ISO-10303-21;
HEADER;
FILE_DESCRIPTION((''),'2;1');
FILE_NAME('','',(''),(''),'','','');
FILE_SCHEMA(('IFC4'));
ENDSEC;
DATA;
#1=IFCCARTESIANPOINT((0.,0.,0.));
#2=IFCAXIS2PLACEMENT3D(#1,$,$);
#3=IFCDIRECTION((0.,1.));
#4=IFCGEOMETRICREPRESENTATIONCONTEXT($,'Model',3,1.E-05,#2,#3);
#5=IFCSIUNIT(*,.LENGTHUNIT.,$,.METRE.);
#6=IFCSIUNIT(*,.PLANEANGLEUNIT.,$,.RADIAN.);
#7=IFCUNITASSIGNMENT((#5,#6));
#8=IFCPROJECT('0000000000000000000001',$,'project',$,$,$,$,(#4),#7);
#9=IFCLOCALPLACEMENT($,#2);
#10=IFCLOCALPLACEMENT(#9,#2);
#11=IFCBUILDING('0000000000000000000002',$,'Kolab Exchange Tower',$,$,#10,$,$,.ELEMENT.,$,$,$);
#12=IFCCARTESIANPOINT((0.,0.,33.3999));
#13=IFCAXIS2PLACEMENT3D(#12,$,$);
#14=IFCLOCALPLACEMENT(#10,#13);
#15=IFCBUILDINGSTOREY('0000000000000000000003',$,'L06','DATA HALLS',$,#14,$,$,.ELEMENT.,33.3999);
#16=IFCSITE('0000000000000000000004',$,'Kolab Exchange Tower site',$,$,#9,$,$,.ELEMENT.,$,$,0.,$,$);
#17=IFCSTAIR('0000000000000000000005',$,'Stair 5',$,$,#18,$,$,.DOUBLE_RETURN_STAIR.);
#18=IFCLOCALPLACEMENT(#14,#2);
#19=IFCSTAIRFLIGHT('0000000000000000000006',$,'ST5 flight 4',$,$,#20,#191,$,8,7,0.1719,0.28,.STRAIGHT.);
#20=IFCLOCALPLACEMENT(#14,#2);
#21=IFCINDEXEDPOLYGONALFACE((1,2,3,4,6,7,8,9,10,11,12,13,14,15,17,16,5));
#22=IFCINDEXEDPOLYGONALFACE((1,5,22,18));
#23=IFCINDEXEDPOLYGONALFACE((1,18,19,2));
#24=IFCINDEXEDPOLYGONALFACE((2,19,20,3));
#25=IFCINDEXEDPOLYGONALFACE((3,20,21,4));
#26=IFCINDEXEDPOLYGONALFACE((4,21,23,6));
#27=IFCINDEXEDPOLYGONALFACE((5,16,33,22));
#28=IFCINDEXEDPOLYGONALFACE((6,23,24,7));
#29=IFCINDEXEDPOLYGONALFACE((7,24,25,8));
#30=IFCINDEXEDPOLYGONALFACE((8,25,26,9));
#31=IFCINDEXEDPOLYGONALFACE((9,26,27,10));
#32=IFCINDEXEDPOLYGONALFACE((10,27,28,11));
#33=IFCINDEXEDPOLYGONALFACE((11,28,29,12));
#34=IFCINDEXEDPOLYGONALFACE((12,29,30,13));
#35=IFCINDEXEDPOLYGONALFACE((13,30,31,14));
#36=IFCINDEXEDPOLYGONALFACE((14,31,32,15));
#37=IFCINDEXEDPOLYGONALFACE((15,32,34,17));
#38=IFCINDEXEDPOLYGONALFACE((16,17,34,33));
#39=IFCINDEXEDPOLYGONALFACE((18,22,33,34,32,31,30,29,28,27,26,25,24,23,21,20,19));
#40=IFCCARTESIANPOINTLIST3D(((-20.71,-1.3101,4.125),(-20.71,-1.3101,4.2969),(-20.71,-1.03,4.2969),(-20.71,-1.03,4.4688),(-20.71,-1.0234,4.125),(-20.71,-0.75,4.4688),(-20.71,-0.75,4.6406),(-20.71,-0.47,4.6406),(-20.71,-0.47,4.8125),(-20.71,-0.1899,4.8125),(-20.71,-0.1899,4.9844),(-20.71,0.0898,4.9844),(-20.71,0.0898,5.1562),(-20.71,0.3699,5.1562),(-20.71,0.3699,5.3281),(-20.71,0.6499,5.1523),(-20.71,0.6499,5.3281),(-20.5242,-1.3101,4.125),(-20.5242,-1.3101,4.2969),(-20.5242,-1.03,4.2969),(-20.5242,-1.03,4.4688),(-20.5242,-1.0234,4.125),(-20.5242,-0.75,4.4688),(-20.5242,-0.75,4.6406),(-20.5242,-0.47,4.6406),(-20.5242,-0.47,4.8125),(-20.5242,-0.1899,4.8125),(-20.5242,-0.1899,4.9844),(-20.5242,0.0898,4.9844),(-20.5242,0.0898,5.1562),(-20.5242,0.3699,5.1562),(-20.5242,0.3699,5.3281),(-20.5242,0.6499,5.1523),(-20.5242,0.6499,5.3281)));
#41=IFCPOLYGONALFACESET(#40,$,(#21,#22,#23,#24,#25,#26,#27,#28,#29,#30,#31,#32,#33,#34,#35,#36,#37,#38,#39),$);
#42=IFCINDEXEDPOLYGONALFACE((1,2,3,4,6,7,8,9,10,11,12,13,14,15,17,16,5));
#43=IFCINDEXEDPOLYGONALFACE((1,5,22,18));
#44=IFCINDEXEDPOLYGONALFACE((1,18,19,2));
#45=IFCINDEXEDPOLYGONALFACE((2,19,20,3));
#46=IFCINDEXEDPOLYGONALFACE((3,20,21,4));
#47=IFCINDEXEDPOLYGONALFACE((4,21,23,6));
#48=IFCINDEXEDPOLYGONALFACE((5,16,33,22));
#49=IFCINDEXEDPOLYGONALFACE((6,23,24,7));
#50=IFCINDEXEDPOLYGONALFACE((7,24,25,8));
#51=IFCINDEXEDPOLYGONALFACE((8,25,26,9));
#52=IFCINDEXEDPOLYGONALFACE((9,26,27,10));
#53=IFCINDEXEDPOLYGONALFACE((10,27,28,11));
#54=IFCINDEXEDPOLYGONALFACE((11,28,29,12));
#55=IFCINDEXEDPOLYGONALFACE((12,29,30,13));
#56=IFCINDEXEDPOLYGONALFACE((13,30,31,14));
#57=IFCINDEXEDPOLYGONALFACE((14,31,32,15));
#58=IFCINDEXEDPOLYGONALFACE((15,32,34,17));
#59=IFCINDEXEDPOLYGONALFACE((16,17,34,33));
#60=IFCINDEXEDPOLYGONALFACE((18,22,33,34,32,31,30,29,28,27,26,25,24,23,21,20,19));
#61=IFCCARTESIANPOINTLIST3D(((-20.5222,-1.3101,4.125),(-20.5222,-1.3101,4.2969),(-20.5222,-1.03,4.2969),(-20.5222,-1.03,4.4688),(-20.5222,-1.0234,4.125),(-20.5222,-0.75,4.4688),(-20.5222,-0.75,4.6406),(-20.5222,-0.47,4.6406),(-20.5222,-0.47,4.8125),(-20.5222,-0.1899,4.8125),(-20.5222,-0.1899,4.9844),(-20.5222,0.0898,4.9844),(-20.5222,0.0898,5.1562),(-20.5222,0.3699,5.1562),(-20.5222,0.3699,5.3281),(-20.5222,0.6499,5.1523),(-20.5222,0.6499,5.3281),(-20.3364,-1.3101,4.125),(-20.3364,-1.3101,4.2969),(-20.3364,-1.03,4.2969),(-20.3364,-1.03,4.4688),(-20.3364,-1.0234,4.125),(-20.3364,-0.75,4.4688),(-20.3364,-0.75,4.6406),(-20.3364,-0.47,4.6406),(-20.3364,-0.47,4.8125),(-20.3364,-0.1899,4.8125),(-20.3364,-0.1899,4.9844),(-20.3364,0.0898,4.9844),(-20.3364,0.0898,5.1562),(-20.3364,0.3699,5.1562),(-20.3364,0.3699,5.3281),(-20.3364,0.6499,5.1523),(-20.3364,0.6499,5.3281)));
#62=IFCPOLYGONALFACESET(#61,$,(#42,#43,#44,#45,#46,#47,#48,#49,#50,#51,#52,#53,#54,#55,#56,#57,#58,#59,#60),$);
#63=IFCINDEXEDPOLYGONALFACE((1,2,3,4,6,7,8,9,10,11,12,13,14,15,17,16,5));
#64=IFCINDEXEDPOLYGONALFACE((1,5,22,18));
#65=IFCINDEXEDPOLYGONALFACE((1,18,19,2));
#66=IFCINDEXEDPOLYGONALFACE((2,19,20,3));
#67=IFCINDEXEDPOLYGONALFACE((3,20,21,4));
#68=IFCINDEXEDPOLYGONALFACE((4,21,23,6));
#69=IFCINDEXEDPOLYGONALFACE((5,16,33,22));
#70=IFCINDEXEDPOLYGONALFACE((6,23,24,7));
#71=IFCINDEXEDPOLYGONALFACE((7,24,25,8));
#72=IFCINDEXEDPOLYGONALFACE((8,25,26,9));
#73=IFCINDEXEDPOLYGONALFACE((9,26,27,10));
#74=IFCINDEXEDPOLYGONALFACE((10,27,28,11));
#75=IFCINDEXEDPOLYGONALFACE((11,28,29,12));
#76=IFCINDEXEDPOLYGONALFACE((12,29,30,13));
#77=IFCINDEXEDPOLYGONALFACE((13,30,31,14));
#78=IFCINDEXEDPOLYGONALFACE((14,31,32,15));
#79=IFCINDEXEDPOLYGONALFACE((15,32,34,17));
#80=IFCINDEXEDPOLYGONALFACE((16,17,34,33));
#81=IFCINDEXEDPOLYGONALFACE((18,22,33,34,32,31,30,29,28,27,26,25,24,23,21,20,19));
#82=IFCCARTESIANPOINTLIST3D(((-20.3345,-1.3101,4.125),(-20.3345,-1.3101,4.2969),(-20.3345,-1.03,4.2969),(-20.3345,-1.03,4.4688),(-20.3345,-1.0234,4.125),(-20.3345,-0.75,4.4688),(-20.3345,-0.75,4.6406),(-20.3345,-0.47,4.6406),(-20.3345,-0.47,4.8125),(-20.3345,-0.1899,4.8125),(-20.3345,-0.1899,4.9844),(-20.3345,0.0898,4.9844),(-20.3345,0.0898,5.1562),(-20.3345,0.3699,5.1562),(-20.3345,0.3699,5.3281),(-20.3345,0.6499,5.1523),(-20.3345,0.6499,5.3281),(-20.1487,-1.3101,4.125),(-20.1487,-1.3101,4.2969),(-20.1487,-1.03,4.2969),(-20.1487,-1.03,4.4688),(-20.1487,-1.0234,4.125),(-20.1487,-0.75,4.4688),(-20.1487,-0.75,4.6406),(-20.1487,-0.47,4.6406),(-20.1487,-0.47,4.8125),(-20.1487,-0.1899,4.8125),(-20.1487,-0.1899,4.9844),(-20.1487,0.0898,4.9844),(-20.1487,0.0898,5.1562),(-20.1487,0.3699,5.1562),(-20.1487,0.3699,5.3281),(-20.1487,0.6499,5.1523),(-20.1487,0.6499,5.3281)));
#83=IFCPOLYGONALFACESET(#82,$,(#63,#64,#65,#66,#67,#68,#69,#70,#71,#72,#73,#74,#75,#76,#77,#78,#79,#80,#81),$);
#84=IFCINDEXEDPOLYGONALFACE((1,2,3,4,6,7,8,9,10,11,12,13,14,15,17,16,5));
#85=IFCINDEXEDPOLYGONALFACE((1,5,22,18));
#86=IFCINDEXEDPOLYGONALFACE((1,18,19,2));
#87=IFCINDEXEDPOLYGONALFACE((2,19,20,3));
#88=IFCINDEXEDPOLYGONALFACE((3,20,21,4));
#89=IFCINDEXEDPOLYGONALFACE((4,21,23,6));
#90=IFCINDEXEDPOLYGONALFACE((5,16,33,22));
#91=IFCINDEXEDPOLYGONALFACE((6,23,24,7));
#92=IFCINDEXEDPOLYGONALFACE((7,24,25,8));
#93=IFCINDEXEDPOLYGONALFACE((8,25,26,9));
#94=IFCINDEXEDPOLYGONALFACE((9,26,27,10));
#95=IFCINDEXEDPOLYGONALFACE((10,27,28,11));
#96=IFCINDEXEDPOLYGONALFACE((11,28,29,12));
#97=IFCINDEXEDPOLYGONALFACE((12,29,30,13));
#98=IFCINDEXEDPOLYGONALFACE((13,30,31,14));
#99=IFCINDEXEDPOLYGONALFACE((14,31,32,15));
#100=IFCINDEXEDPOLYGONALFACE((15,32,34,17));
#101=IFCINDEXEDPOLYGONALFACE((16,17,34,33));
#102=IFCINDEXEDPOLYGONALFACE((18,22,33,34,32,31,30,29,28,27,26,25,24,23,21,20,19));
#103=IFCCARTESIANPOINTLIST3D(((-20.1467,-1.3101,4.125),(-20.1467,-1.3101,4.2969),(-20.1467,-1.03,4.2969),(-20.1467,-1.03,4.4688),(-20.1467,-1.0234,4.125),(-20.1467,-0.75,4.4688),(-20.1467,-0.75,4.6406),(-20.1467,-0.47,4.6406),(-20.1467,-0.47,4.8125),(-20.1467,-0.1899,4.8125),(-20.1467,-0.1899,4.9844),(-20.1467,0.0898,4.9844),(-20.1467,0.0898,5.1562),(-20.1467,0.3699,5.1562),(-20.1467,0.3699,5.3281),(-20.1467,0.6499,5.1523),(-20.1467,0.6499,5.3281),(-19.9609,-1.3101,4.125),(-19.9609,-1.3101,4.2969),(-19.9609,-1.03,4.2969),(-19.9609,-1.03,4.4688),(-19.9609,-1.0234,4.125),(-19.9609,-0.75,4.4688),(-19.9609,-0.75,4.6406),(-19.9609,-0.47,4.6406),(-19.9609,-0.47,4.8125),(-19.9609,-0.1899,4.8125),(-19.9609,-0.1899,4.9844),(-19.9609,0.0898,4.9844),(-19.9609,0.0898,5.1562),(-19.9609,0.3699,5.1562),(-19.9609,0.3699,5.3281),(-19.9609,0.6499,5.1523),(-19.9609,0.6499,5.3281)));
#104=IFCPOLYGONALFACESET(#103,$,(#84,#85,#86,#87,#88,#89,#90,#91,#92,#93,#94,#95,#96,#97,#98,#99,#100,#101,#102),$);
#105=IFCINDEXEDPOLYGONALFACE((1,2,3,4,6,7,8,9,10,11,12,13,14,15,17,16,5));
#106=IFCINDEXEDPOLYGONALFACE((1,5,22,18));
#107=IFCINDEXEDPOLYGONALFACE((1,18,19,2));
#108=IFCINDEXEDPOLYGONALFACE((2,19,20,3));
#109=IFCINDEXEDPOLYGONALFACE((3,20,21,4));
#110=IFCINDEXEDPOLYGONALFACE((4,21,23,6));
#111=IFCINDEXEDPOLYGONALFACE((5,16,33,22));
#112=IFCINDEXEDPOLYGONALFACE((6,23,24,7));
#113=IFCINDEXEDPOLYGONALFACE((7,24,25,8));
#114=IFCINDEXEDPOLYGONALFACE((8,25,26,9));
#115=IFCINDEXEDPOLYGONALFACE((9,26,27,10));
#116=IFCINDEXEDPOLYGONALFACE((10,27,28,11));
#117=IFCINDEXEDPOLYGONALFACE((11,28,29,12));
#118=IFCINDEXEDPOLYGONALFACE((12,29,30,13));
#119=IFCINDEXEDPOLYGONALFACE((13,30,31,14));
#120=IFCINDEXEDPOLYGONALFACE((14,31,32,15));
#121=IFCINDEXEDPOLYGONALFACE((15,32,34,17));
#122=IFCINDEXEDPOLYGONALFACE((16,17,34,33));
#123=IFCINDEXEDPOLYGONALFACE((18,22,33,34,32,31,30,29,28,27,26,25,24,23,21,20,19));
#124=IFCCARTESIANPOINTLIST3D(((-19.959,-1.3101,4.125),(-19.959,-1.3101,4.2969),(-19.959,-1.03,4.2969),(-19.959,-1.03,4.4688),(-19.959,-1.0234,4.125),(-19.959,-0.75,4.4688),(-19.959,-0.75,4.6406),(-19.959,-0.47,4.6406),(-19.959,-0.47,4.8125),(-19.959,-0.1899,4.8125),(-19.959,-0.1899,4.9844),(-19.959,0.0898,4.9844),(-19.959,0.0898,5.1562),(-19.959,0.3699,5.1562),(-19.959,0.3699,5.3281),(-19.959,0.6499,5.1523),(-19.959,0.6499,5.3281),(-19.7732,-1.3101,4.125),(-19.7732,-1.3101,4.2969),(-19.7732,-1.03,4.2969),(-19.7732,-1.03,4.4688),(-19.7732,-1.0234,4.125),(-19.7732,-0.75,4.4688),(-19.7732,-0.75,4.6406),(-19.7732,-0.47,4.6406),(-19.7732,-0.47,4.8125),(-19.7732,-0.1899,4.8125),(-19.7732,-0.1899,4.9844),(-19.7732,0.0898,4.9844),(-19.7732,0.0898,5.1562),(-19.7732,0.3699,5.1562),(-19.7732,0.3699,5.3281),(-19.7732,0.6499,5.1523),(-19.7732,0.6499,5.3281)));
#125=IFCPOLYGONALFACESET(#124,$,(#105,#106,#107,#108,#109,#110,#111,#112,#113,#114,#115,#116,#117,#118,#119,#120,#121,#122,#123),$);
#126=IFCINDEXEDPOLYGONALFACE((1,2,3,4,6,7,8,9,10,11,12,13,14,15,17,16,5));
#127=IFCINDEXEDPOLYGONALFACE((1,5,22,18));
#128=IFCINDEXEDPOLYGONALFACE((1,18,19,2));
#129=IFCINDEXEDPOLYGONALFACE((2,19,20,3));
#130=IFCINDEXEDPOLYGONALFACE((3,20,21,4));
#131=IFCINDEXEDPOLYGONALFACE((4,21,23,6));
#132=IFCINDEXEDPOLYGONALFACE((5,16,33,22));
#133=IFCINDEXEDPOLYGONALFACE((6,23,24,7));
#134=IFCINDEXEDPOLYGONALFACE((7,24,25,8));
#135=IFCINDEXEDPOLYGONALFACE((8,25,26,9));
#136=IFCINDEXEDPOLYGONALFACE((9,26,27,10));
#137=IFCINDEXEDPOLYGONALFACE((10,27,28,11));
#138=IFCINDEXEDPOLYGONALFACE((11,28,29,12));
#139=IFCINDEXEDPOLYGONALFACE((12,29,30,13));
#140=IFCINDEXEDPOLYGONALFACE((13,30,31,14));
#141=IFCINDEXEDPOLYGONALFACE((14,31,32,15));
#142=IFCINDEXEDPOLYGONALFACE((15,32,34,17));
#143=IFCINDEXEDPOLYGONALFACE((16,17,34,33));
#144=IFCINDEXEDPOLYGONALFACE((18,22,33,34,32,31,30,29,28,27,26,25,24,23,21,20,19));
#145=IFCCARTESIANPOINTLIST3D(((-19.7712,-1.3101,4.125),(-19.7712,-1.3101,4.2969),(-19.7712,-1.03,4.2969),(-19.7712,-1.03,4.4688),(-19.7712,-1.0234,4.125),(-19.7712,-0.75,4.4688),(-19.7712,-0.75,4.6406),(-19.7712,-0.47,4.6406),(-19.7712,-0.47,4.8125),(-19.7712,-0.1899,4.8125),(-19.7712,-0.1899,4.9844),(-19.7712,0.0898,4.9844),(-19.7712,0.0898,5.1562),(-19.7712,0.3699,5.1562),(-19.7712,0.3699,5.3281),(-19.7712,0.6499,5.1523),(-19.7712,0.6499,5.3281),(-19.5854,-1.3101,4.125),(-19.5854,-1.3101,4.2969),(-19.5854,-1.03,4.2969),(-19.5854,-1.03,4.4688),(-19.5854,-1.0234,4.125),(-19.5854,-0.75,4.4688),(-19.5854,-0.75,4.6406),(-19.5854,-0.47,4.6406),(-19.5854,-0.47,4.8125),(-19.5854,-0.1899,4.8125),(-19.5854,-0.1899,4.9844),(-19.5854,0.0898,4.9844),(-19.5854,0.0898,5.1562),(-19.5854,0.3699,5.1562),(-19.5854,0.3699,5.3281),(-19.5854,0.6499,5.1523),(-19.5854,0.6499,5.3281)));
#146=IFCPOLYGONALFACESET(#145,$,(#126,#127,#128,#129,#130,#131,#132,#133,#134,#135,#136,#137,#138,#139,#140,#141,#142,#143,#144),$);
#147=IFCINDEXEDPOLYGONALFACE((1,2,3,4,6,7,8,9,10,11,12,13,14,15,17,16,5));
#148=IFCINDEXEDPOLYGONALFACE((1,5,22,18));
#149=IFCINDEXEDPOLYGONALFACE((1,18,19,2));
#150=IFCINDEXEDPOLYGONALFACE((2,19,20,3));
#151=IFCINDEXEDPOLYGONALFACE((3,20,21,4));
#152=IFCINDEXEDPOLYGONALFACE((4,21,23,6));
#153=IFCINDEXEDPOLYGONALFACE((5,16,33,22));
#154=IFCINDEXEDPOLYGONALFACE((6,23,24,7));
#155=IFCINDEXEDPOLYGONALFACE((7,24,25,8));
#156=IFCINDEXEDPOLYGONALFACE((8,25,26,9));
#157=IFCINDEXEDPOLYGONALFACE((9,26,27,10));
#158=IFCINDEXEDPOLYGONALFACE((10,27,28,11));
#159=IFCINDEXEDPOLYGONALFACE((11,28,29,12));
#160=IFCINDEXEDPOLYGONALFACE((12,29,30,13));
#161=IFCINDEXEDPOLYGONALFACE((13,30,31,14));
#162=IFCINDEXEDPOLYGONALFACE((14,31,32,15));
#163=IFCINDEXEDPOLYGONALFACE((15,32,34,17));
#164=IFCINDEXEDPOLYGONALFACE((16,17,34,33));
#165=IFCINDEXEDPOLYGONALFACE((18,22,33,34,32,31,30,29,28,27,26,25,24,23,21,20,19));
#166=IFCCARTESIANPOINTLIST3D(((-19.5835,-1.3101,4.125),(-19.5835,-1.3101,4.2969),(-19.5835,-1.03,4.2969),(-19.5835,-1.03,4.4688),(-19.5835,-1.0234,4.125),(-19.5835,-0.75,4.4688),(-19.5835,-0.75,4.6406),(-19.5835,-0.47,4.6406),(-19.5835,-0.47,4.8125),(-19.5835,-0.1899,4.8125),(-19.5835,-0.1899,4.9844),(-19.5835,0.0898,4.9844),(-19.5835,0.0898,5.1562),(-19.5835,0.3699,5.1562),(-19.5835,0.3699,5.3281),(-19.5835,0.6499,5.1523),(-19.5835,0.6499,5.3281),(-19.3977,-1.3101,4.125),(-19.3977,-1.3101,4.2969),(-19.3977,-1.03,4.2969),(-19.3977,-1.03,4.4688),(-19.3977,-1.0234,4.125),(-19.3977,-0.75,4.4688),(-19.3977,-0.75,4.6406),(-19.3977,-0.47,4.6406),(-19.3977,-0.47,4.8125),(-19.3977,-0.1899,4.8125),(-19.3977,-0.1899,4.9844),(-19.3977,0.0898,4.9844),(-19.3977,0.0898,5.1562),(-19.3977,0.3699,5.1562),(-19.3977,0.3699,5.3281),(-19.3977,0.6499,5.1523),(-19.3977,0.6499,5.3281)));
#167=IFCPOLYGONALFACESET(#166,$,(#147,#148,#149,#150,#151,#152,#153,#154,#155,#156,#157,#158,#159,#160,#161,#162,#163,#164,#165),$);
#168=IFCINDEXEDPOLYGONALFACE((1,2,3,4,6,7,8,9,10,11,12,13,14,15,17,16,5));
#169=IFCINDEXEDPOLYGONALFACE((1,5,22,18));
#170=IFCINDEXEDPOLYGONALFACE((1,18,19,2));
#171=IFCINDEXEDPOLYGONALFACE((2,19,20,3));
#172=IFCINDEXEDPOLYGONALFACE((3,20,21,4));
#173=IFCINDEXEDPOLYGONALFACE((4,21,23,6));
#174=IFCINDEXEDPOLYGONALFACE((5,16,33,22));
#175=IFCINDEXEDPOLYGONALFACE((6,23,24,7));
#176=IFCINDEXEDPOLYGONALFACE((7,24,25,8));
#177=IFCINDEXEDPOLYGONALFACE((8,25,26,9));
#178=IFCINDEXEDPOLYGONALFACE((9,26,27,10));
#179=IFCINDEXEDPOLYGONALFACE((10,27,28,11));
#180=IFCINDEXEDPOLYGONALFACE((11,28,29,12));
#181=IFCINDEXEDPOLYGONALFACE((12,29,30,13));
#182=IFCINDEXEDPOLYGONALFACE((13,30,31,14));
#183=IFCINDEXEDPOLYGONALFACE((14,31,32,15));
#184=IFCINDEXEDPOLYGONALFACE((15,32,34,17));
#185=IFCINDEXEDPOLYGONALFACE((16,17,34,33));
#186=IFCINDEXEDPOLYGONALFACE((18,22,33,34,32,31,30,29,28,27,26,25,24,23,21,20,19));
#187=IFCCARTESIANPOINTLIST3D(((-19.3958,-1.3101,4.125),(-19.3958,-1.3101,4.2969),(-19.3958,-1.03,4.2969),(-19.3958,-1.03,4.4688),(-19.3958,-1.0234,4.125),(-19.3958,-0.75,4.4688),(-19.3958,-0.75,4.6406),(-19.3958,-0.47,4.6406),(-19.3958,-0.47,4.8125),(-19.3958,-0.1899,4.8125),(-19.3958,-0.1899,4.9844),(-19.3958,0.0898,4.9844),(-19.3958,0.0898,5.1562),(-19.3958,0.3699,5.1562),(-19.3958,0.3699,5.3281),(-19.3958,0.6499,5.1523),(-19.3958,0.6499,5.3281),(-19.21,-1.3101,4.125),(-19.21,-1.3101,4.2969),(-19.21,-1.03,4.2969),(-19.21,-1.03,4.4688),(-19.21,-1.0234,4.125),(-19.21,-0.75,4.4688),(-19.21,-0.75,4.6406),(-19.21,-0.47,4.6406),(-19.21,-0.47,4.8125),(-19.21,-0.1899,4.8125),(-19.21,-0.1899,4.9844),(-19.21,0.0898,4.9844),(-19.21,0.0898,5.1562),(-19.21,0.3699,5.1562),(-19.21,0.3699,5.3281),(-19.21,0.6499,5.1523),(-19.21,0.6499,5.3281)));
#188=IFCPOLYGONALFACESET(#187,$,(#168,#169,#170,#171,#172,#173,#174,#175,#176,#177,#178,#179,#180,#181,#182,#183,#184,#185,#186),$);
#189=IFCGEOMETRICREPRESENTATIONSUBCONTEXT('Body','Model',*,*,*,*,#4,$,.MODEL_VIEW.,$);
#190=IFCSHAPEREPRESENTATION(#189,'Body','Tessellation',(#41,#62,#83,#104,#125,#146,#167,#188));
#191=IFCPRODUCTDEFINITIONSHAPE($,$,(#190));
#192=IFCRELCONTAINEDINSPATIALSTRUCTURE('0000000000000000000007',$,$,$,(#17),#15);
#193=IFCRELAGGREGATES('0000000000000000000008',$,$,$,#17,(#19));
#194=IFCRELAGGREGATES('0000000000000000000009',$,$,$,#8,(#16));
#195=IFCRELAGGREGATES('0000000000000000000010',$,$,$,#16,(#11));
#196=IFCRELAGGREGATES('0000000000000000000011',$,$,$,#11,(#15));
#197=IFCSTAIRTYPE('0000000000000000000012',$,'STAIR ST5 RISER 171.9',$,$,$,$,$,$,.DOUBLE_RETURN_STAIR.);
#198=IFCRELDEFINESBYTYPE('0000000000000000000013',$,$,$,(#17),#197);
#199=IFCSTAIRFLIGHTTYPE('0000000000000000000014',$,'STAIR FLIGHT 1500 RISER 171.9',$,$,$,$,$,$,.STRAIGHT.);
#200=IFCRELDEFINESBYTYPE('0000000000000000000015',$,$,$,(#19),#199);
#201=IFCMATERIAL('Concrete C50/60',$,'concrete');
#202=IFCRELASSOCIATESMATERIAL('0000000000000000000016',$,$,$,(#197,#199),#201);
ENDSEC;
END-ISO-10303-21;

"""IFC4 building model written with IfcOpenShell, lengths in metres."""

from ifc_helpers import new_model, si_unit, direction, frame, origin, place, context, subcontext, project, spatial, polyline, outline, extrude, material, type_object, element, aggregate, save


model = new_model("IFC4")

# Units and contexts
model_context = context("Model", 3, precision=1e-05, world=origin(), true_north=direction((0.0, 1.0)))
body_context = subcontext(model_context, "Body", "Model", "MODEL_VIEW")
ifc_project = project(units=[si_unit("LENGTHUNIT", "METRE"), si_unit("PLANEANGLEUNIT", "RADIAN")], contexts=[model_context])

# Site, building, storey
site_placement = place(None, origin())
site = spatial("IfcSite", under=ifc_project, at=site_placement, Name="Kolab Exchange Tower site", CompositionType="ELEMENT", RefElevation=0.0)
building_placement = place(site_placement, origin())
building = spatial("IfcBuilding", under=site, at=building_placement, Name="Kolab Exchange Tower", CompositionType="ELEMENT")
storey_placement = place(building_placement, frame((0.0, 0.0, 33.3999)))
storey = spatial("IfcBuildingStorey", under=building, at=storey_placement, Name="L06", Description="DATA HALLS", CompositionType="ELEMENT", Elevation=33.3999)

# Shared definitions
ifc_material_1 = material(Name="Concrete C50/60", Category="concrete")

# Stair, stair flight
stair_type = type_object("IfcStairType", Name="STAIR ST5 RISER 171.9", PredefinedType="DOUBLE_RETURN_STAIR", material=ifc_material_1)
stair_placement = place(storey_placement, origin())
stair = element("IfcStair", 1, at=stair_placement, inside=storey, type_object=stair_type, Name="Stair 5", PredefinedType="DOUBLE_RETURN_STAIR")
stair_flight_type = type_object("IfcStairFlightType", Name="STAIR FLIGHT 1500 RISER 171.9", PredefinedType="STRAIGHT", material=ifc_material_1)
stair_flight_1_placement = place(storey_placement, frame((-19.96, -1.3101, 4.125), z_axis=(0.0, 0.0, 1.0), x_axis=(0.0, 1.0, 0.0)))
stair_flight_1 = element("IfcStairFlight", 2, at=stair_flight_1_placement, type_object=stair_flight_type, Name="ST5 flight 4", NumberOfRisers=8, NumberOfTreads=7, PredefinedType="STRAIGHT", RiserHeight=0.1719, TreadLength=0.28, context=body_context, shape_type="SweptSolid", body=[
    extrude(outline(polyline([(0.0, 0.0), (0.0, 0.1719), (0.28, 0.1719), (0.28, 0.3438), (0.5601, 0.3438), (0.5601, 0.5156), (0.8401, 0.5156), (0.8401, 0.6875), (1.1201, 0.6875), (1.1201, 0.8594), (1.3999, 0.8594), (1.3999, 1.0312), (1.6799, 1.0312), (1.6799, 1.2031), (1.96, 1.2031), (1.96, 1.375), (1.96, 1.0273), (0.2866, 0.0), (0.0, 0.0)])), frame((0.0, 0.75, 0.0), z_axis=(0.0, -1.0, 0.0), x_axis=(1.0, 0.0, 0.0)), (0.0, 0.0, 1.0), 0.1858),
    extrude(outline(polyline([(0.0, 0.0), (0.0, 0.1719), (0.28, 0.1719), (0.28, 0.3438), (0.5601, 0.3438), (0.5601, 0.5156), (0.8401, 0.5156), (0.8401, 0.6875), (1.1201, 0.6875), (1.1201, 0.8594), (1.3999, 0.8594), (1.3999, 1.0312), (1.6799, 1.0312), (1.6799, 1.2031), (1.96, 1.2031), (1.96, 1.375), (1.96, 1.0273), (0.2866, 0.0), (0.0, 0.0)])), frame((0.0, 0.5623, 0.0), z_axis=(0.0, -1.0, 0.0), x_axis=(1.0, 0.0, 0.0)), (0.0, 0.0, 1.0), 0.1858),
    extrude(outline(polyline([(0.0, 0.0), (0.0, 0.1719), (0.28, 0.1719), (0.28, 0.3438), (0.5601, 0.3438), (0.5601, 0.5156), (0.8401, 0.5156), (0.8401, 0.6875), (1.1201, 0.6875), (1.1201, 0.8594), (1.3999, 0.8594), (1.3999, 1.0312), (1.6799, 1.0312), (1.6799, 1.2031), (1.96, 1.2031), (1.96, 1.375), (1.96, 1.0273), (0.2866, 0.0), (0.0, 0.0)])), frame((0.0, 0.3745, 0.0), z_axis=(0.0, -1.0, 0.0), x_axis=(1.0, 0.0, 0.0)), (0.0, 0.0, 1.0), 0.1858),
    extrude(outline(polyline([(0.0, 0.0), (0.0, 0.1719), (0.28, 0.1719), (0.28, 0.3438), (0.5601, 0.3438), (0.5601, 0.5156), (0.8401, 0.5156), (0.8401, 0.6875), (1.1201, 0.6875), (1.1201, 0.8594), (1.3999, 0.8594), (1.3999, 1.0312), (1.6799, 1.0312), (1.6799, 1.2031), (1.96, 1.2031), (1.96, 1.375), (1.96, 1.0273), (0.2866, 0.0), (0.0, 0.0)])), frame((0.0, 0.1868, 0.0), z_axis=(0.0, -1.0, 0.0), x_axis=(1.0, 0.0, 0.0)), (0.0, 0.0, 1.0), 0.1858),
    extrude(outline(polyline([(0.0, 0.0), (0.0, 0.1719), (0.28, 0.1719), (0.28, 0.3438), (0.5601, 0.3438), (0.5601, 0.5156), (0.8401, 0.5156), (0.8401, 0.6875), (1.1201, 0.6875), (1.1201, 0.8594), (1.3999, 0.8594), (1.3999, 1.0312), (1.6799, 1.0312), (1.6799, 1.2031), (1.96, 1.2031), (1.96, 1.375), (1.96, 1.0273), (0.2866, 0.0), (0.0, 0.0)])), frame((0.0, -0.001, 0.0), z_axis=(0.0, -1.0, 0.0), x_axis=(1.0, 0.0, 0.0)), (0.0, 0.0, 1.0), 0.1858),
    extrude(outline(polyline([(0.0, 0.0), (0.0, 0.1719), (0.28, 0.1719), (0.28, 0.3438), (0.5601, 0.3438), (0.5601, 0.5156), (0.8401, 0.5156), (0.8401, 0.6875), (1.1201, 0.6875), (1.1201, 0.8594), (1.3999, 0.8594), (1.3999, 1.0312), (1.6799, 1.0312), (1.6799, 1.2031), (1.96, 1.2031), (1.96, 1.375), (1.96, 1.0273), (0.2866, 0.0), (0.0, 0.0)])), frame((0.0, -0.1887, 0.0), z_axis=(0.0, -1.0, 0.0), x_axis=(1.0, 0.0, 0.0)), (0.0, 0.0, 1.0), 0.1858),
    extrude(outline(polyline([(0.0, 0.0), (0.0, 0.1719), (0.28, 0.1719), (0.28, 0.3438), (0.5601, 0.3438), (0.5601, 0.5156), (0.8401, 0.5156), (0.8401, 0.6875), (1.1201, 0.6875), (1.1201, 0.8594), (1.3999, 0.8594), (1.3999, 1.0312), (1.6799, 1.0312), (1.6799, 1.2031), (1.96, 1.2031), (1.96, 1.375), (1.96, 1.0273), (0.2866, 0.0), (0.0, 0.0)])), frame((0.0, -0.3765, 0.0), z_axis=(0.0, -1.0, 0.0), x_axis=(1.0, 0.0, 0.0)), (0.0, 0.0, 1.0), 0.1858),
    extrude(outline(polyline([(0.0, 0.0), (0.0, 0.1719), (0.28, 0.1719), (0.28, 0.3438), (0.5601, 0.3438), (0.5601, 0.5156), (0.8401, 0.5156), (0.8401, 0.6875), (1.1201, 0.6875), (1.1201, 0.8594), (1.3999, 0.8594), (1.3999, 1.0312), (1.6799, 1.0312), (1.6799, 1.2031), (1.96, 1.2031), (1.96, 1.375), (1.96, 1.0273), (0.2866, 0.0), (0.0, 0.0)])), frame((0.0, -0.5642, 0.0), z_axis=(0.0, -1.0, 0.0), x_axis=(1.0, 0.0, 0.0)), (0.0, 0.0, 1.0), 0.1858),
])
aggregate(stair, [stair_flight_1])

save(model, "model.ifc")
